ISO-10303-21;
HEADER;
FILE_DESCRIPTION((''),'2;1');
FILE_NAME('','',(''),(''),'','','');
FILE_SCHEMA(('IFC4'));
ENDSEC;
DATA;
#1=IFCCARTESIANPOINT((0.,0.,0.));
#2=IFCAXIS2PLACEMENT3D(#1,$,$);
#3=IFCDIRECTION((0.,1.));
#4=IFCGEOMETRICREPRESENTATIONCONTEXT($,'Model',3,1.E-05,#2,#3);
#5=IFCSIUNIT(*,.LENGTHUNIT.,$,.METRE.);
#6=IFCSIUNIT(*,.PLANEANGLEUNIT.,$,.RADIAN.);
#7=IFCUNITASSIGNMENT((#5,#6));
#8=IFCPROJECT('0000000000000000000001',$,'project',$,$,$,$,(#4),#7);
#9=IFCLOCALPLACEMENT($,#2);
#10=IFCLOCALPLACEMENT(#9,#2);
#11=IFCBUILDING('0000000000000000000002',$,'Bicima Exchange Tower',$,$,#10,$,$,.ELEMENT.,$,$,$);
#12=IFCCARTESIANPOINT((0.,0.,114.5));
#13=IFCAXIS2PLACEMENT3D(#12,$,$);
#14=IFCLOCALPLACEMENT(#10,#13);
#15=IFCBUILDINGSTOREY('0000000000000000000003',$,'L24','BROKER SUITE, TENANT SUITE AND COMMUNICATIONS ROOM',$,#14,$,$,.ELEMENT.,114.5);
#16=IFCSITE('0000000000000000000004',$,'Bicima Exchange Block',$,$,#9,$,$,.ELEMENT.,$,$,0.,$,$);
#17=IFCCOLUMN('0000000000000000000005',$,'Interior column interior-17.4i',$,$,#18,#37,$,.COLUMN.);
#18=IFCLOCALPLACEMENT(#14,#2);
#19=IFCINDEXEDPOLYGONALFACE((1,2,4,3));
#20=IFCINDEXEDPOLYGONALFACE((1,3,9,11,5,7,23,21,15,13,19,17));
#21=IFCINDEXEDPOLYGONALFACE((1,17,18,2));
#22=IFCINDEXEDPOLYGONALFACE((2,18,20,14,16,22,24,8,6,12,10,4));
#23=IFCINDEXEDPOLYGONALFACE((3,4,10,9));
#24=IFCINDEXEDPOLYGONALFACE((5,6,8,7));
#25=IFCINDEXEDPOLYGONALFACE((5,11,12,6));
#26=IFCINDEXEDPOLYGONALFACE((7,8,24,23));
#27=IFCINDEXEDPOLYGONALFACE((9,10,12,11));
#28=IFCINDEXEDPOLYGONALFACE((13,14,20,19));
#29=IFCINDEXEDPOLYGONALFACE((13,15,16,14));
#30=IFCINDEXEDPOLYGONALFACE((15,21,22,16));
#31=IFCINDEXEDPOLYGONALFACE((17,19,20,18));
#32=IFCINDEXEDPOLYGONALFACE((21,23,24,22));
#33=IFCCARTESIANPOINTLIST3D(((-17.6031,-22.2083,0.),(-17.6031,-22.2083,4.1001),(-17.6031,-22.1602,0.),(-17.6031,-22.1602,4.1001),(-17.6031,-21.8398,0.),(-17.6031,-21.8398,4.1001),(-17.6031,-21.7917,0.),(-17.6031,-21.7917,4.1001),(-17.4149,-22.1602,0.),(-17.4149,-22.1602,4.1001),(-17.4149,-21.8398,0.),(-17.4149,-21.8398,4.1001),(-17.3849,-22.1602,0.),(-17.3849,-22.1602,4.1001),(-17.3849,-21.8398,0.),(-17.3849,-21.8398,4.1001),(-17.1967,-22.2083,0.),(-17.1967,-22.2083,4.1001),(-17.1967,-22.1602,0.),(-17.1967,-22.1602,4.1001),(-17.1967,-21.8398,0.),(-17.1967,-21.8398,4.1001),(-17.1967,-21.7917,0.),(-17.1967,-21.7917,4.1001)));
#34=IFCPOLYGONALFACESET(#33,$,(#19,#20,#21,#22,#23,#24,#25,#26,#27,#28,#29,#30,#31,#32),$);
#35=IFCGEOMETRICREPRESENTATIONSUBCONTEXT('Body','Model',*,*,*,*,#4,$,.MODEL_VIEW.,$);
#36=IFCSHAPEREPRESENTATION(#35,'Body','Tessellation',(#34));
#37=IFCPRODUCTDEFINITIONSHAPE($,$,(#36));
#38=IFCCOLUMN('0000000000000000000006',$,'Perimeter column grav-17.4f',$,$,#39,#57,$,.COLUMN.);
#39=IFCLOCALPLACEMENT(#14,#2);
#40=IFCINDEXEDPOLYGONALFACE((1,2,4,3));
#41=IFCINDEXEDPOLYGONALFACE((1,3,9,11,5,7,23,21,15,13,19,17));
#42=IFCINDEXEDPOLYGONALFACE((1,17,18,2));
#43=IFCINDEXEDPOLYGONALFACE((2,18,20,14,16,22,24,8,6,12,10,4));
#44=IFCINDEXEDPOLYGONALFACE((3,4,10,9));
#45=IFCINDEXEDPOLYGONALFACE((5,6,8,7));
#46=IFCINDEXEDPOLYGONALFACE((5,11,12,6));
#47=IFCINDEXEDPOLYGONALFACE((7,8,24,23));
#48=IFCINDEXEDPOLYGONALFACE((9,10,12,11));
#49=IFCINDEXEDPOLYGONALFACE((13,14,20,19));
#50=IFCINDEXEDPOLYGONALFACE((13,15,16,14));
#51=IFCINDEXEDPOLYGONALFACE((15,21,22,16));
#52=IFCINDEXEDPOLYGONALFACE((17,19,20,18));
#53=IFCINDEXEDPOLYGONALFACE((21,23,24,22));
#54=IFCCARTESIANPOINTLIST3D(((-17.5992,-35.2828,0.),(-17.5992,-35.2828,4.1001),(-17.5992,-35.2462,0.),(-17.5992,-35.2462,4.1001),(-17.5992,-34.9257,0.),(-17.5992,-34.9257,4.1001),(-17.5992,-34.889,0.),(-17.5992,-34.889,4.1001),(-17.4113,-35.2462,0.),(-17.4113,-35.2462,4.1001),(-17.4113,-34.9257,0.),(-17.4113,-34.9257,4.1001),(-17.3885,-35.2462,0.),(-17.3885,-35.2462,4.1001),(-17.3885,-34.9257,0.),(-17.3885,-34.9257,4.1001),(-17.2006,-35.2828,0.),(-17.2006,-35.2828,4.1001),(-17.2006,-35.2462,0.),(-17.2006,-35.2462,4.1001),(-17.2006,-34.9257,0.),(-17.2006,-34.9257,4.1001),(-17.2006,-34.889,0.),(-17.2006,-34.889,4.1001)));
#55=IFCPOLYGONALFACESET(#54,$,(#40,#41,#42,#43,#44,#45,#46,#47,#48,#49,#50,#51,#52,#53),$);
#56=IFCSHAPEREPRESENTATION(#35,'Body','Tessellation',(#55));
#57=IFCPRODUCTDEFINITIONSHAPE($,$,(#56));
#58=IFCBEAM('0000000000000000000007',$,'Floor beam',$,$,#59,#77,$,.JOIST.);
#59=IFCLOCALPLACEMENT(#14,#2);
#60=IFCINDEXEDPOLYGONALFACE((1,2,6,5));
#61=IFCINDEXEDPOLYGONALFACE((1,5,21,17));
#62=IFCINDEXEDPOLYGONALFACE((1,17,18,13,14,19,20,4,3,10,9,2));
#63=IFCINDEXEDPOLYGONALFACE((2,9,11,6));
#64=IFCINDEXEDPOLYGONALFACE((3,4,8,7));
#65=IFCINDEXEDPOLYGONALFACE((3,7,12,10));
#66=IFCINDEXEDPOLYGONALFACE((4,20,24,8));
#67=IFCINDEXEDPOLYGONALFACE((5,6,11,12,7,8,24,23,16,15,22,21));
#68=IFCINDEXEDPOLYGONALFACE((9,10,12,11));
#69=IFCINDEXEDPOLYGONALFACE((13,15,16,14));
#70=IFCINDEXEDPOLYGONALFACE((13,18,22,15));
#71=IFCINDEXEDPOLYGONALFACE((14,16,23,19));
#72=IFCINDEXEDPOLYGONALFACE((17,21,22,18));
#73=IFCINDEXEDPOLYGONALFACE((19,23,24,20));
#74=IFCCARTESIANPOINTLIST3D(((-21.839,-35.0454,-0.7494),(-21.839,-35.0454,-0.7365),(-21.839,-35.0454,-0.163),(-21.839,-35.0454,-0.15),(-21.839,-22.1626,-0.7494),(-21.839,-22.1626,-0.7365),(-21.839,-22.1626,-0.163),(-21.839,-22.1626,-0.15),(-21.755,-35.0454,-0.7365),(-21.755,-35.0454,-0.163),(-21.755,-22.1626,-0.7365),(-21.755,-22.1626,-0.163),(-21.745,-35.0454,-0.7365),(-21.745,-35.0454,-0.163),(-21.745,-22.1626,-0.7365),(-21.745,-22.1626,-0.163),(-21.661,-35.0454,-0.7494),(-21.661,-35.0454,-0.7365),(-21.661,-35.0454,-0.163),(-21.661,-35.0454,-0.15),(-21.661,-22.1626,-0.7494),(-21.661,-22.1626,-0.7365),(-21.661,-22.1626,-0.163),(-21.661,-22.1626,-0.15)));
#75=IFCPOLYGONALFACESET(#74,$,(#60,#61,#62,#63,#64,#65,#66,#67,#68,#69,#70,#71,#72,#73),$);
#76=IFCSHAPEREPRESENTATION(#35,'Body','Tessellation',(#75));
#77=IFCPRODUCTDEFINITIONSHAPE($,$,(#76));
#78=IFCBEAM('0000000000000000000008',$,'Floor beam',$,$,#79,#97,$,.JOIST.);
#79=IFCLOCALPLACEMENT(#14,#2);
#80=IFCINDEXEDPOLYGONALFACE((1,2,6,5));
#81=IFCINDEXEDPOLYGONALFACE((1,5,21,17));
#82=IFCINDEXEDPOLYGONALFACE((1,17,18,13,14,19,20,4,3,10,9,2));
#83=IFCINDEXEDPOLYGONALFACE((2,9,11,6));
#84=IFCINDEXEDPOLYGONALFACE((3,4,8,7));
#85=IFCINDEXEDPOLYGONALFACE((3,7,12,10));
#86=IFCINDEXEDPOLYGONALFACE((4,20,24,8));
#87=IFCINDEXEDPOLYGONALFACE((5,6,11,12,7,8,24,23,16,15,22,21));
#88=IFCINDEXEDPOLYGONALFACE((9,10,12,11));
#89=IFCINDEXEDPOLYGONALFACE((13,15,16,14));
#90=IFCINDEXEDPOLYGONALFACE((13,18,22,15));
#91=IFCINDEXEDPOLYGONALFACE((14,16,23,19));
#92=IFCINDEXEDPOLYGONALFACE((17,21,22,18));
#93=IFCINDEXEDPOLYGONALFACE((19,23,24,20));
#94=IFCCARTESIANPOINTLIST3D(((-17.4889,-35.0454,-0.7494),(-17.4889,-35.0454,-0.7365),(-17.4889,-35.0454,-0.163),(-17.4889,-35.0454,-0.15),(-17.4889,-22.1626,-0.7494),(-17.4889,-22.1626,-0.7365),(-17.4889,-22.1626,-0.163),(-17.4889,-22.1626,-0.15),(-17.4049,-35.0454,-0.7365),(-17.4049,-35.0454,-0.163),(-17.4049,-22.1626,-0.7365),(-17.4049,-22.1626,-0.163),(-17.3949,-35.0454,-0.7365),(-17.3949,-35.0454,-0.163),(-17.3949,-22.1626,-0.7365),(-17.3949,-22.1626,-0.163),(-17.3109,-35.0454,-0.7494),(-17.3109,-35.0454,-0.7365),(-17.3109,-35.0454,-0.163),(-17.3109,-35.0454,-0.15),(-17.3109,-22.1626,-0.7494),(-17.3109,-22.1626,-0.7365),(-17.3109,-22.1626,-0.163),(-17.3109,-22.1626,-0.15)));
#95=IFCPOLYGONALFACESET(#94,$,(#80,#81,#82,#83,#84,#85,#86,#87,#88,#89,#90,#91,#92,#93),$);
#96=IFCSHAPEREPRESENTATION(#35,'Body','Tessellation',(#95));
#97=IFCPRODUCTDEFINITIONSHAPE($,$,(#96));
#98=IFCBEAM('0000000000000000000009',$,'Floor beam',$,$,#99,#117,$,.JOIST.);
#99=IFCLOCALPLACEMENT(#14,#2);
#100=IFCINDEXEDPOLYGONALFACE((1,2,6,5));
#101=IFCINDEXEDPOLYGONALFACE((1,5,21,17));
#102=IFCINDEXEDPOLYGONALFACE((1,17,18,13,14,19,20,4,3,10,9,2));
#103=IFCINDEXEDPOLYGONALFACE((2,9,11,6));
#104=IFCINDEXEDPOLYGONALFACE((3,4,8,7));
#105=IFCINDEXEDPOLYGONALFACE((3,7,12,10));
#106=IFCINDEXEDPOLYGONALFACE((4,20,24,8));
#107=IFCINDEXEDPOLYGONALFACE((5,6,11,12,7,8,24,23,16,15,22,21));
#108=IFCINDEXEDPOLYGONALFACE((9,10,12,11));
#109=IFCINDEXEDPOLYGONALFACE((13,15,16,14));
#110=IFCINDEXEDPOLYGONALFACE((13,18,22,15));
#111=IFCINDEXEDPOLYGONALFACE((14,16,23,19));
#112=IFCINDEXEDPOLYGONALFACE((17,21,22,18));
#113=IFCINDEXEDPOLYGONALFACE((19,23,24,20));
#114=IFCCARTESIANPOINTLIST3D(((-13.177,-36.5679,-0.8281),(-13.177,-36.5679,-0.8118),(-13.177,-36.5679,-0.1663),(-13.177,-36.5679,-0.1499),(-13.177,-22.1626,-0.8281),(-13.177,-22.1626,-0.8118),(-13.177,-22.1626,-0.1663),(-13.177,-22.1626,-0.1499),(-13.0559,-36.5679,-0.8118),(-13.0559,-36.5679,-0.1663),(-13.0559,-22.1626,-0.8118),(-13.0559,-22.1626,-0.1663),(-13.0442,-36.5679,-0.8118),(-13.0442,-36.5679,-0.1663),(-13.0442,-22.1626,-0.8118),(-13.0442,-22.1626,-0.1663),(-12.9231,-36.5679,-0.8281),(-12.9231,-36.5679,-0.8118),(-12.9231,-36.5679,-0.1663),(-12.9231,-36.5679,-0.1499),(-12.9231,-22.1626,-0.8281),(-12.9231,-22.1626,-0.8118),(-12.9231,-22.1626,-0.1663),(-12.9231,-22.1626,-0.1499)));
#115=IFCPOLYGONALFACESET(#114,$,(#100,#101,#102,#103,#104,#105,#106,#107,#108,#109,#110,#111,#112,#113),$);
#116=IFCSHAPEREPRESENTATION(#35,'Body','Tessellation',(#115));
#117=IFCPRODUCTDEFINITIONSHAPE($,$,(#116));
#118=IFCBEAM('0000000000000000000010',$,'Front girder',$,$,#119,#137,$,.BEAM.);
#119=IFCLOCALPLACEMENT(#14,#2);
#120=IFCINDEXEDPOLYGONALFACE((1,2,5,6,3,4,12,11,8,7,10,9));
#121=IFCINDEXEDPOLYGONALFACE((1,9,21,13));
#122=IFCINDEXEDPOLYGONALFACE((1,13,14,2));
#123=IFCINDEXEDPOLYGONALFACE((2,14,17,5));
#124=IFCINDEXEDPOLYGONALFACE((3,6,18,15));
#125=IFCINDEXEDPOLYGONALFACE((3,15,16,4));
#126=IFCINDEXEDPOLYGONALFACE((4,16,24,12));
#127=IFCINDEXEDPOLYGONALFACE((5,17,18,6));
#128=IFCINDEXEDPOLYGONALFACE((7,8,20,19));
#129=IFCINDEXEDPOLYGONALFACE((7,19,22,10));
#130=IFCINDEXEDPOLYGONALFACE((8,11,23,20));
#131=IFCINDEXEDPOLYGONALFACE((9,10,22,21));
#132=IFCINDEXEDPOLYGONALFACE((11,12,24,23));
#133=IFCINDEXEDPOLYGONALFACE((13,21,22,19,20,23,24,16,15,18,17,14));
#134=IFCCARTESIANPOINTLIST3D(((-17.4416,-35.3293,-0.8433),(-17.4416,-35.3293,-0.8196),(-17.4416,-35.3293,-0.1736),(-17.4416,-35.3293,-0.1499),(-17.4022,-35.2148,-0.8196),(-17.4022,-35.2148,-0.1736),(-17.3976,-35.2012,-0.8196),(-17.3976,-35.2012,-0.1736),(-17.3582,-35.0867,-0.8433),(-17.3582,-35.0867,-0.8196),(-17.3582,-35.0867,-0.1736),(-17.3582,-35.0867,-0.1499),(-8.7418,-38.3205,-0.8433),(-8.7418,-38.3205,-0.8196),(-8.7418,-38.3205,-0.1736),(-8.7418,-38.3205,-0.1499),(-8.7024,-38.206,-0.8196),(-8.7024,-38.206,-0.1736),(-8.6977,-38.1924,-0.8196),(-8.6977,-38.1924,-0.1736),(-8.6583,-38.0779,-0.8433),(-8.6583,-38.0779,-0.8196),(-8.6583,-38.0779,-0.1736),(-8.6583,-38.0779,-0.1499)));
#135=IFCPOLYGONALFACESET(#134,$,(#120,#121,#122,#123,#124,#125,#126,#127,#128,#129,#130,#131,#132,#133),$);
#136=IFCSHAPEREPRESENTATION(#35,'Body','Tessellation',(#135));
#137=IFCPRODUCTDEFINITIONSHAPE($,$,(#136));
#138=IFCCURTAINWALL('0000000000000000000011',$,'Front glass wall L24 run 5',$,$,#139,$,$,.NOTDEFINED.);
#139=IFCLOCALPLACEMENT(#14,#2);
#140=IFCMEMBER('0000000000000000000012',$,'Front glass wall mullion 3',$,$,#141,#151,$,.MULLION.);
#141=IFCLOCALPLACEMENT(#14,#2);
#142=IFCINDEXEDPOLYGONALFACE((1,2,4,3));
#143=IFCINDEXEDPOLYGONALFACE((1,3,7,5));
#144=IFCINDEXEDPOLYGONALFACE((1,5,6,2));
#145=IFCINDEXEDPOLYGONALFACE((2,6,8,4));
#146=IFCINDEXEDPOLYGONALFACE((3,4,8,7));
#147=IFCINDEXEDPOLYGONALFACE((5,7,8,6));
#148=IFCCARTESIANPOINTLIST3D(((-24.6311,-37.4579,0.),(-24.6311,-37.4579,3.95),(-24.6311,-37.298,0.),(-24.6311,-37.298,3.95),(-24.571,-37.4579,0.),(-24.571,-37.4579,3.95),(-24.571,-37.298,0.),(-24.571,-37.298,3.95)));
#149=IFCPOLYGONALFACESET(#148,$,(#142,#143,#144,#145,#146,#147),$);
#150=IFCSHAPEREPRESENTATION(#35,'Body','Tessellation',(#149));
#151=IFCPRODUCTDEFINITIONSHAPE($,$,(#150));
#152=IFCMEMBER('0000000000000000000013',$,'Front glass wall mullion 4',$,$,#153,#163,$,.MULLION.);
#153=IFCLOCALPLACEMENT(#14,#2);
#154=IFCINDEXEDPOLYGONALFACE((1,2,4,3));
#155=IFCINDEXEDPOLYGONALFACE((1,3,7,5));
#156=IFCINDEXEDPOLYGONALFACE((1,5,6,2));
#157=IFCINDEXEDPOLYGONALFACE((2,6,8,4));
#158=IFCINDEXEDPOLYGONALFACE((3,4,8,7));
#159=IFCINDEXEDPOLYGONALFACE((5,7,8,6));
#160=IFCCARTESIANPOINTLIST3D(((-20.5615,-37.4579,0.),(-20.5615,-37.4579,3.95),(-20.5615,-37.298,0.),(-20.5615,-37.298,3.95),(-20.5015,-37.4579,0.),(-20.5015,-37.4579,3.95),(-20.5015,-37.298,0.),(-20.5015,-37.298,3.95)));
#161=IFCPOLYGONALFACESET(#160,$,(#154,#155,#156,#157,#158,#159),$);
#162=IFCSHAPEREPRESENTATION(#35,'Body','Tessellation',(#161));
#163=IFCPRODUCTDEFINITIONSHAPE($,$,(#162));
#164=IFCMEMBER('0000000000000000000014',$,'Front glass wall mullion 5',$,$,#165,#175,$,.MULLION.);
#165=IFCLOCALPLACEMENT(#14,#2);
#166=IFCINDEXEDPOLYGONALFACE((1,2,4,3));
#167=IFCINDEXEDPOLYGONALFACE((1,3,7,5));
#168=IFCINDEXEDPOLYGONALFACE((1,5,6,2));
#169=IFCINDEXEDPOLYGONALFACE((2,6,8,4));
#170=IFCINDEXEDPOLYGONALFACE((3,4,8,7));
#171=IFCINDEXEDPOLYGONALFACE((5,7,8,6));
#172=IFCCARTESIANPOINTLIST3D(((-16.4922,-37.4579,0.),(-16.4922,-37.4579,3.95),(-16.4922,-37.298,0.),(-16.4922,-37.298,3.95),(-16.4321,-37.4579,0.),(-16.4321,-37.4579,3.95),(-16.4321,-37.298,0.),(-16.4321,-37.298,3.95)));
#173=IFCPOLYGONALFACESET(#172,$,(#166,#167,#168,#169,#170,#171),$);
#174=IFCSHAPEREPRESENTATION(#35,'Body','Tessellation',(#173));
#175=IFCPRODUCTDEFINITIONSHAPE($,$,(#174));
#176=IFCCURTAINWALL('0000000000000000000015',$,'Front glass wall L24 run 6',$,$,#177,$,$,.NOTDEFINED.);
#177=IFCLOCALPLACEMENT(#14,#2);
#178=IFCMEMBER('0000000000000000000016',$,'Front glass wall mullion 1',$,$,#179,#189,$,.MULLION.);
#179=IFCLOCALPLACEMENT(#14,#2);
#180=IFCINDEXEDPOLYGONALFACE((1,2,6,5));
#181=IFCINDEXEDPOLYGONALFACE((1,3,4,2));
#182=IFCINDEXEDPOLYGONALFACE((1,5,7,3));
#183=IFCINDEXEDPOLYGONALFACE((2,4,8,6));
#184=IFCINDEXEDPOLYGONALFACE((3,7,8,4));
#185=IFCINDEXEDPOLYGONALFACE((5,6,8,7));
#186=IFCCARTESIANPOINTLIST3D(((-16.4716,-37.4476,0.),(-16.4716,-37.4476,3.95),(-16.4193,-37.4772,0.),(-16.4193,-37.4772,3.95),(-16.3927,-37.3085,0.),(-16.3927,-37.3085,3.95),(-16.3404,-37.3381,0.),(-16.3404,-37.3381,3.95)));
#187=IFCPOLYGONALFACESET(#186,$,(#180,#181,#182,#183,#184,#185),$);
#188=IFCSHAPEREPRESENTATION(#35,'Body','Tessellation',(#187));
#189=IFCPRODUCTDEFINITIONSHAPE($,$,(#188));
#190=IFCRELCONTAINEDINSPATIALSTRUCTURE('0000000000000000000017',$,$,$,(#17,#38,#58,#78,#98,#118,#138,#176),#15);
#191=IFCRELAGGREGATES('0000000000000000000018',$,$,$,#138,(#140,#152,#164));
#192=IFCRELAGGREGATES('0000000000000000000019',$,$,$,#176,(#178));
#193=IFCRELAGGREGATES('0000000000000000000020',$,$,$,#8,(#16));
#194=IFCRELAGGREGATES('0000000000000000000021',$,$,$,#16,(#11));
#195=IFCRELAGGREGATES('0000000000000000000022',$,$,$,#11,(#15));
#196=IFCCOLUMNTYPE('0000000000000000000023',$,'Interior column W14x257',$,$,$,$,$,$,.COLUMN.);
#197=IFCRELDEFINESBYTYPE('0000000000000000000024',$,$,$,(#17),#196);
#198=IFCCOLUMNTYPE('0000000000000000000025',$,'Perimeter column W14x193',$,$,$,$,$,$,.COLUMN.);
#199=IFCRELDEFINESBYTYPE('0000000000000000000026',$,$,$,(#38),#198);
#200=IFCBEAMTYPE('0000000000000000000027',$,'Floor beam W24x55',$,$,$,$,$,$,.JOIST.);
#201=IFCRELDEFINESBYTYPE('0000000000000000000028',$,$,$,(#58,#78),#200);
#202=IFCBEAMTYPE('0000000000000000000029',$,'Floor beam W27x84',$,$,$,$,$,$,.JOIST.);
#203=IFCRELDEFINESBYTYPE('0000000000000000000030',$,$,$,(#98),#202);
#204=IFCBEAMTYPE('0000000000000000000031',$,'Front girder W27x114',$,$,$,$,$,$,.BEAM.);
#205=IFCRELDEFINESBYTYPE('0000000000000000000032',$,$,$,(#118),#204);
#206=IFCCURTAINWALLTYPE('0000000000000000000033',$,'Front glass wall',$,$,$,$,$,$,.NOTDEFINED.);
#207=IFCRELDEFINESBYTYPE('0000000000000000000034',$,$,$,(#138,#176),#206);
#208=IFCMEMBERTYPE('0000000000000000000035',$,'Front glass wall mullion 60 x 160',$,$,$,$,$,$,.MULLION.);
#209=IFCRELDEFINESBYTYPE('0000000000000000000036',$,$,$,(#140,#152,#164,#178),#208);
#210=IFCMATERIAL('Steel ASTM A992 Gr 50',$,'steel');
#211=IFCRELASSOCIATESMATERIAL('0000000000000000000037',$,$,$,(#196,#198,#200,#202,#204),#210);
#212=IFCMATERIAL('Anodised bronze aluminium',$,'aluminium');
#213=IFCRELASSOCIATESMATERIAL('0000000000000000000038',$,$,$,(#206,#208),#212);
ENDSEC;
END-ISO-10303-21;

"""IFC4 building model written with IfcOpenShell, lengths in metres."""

from ifc_helpers import new_model, si_unit, direction, frame, origin, origin_2d, place, context, subcontext, project, spatial, rectangle, i_section, extrude, material, material_profile, profile_set, type_object, element, aggregate, save


model = new_model("IFC4")

# Units and contexts
model_context = context("Model", 3, precision=1e-05, world=origin(), true_north=direction((0.0, 1.0)))
body_context = subcontext(model_context, "Body", "Model", "MODEL_VIEW")
ifc_project = project(units=[si_unit("LENGTHUNIT", "METRE"), si_unit("PLANEANGLEUNIT", "RADIAN")], contexts=[model_context])

# Site, building, storey
site_placement = place(None, origin())
site = spatial("IfcSite", under=ifc_project, at=site_placement, Name="Bicima Exchange Block", CompositionType="ELEMENT", RefElevation=0.0)
building_placement = place(site_placement, origin())
building = spatial("IfcBuilding", under=site, at=building_placement, Name="Bicima Exchange Tower", CompositionType="ELEMENT")
storey_placement = place(building_placement, frame((0.0, 0.0, 114.5)))
storey = spatial("IfcBuildingStorey", under=building, at=storey_placement, Name="L24", Description="BROKER SUITE, TENANT SUITE AND COMMUNICATIONS ROOM", CompositionType="ELEMENT", Elevation=114.5)

# Columns
ifc_material_1 = material(Name="Steel ASTM A992 Gr 50", Category="steel")
ifc_material_profile_1 = material_profile(ifc_material_1, i_section(OverallWidth=0.4065, OverallDepth=0.4165, WebThickness=0.03, FlangeThickness=0.0481, at=origin_2d()))
ifc_profile_set_1 = profile_set([ifc_material_profile_1], Name="Steel ASTM A992 Gr 50")
column_type_1 = type_object("IfcColumnType", Name="Interior column W14x257", PredefinedType="COLUMN", material=ifc_profile_set_1)
column_1_placement = place(storey_placement, frame((-17.3999, -22.0, 0.0), z_axis=(0.0, 0.0, 1.0), x_axis=(1.0, 0.0, 0.0)))
element("IfcColumn", 1, at=column_1_placement, inside=storey, type_object=column_type_1, Name="Interior column interior-17.4i", PredefinedType="COLUMN", context=body_context, shape_type="SweptSolid", body=[
    extrude(i_section(OverallWidth=0.4065, OverallDepth=0.4165, WebThickness=0.03, FlangeThickness=0.0481, at=origin_2d()), origin(), (0.0, 0.0, 1.0), 4.1001),
])
ifc_material_profile_2 = material_profile(ifc_material_1, i_section(OverallWidth=0.3987, OverallDepth=0.3938, WebThickness=0.0227, FlangeThickness=0.0366, at=origin_2d()))
ifc_profile_set_2 = profile_set([ifc_material_profile_2], Name="Steel ASTM A992 Gr 50")
column_type_2 = type_object("IfcColumnType", Name="Perimeter column W14x193", PredefinedType="COLUMN", material=ifc_profile_set_2)
column_2_placement = place(storey_placement, frame((-17.3999, -35.0859, 0.0), z_axis=(0.0, 0.0, 1.0), x_axis=(1.0, 0.0, 0.0)))
element("IfcColumn", 2, at=column_2_placement, inside=storey, type_object=column_type_2, Name="Perimeter column grav-17.4f", PredefinedType="COLUMN", context=body_context, shape_type="SweptSolid", body=[
    extrude(i_section(OverallWidth=0.3987, OverallDepth=0.3938, WebThickness=0.0227, FlangeThickness=0.0366, at=origin_2d()), origin(), (0.0, 0.0, 1.0), 4.1001),
])

# Beams
ifc_material_profile_3 = material_profile(ifc_material_1, i_section(OverallWidth=0.178, OverallDepth=0.5994, WebThickness=0.01, FlangeThickness=0.0129, at=origin_2d()))
ifc_profile_set_3 = profile_set([ifc_material_profile_3], Name="Steel ASTM A992 Gr 50")
beam_type_1 = type_object("IfcBeamType", Name="Floor beam W24x55", PredefinedType="JOIST", material=ifc_profile_set_3)
for number, where, z_axis, x_axis, name in (
    (3, (-21.75, -22.1626, -0.4497), (0.0, -1.0, 0.0), (1.0, 0.0, 0.0), "Floor beam"),
    (4, (-17.3999, -22.1626, -0.4497), (0.0, -1.0, 0.0), (1.0, 0.0, 0.0), "Floor beam"),
):
    element("IfcBeam", number, at=place(storey_placement, frame(where, z_axis=z_axis, x_axis=x_axis)), inside=storey, type_object=beam_type_1, Name=name, PredefinedType="JOIST", context=body_context, shape_type="SweptSolid", body=[
        extrude(i_section(OverallWidth=0.178, OverallDepth=0.5994, WebThickness=0.01, FlangeThickness=0.0129, at=origin_2d()), origin(), (0.0, 0.0, 1.0), 12.8828),
    ])
ifc_material_profile_4 = material_profile(ifc_material_1, i_section(OverallWidth=0.2539, OverallDepth=0.6782, WebThickness=0.0117, FlangeThickness=0.0164, at=origin_2d()))
ifc_profile_set_4 = profile_set([ifc_material_profile_4], Name="Steel ASTM A992 Gr 50")
beam_type_2 = type_object("IfcBeamType", Name="Floor beam W27x84", PredefinedType="JOIST", material=ifc_profile_set_4)
beam_1_placement = place(storey_placement, frame((-13.05, -22.1626, -0.489), z_axis=(0.0, -1.0, 0.0), x_axis=(1.0, 0.0, 0.0)))
element("IfcBeam", 5, at=beam_1_placement, inside=storey, type_object=beam_type_2, Name="Floor beam", PredefinedType="JOIST", context=body_context, shape_type="SweptSolid", body=[
    extrude(i_section(OverallWidth=0.2539, OverallDepth=0.6782, WebThickness=0.0117, FlangeThickness=0.0164, at=origin_2d()), origin(), (0.0, 0.0, 1.0), 14.4053),
])
ifc_material_profile_5 = material_profile(ifc_material_1, i_section(OverallWidth=0.2566, OverallDepth=0.6934, WebThickness=0.0144, FlangeThickness=0.0237, at=origin_2d()))
ifc_profile_set_5 = profile_set([ifc_material_profile_5], Name="Steel ASTM A992 Gr 50")
beam_type_3 = type_object("IfcBeamType", Name="Front girder W27x114", PredefinedType="BEAM", material=ifc_profile_set_5)
beam_2_placement = place(storey_placement, frame((-17.3999, -35.208, -0.4966), z_axis=(0.945666, -0.325138, 0.0), x_axis=(0.325138, 0.945666, 0.0)))
element("IfcBeam", 6, at=beam_2_placement, inside=storey, type_object=beam_type_3, Name="Front girder", PredefinedType="BEAM", context=body_context, shape_type="SweptSolid", body=[
    extrude(i_section(OverallWidth=0.2566, OverallDepth=0.6934, WebThickness=0.0144, FlangeThickness=0.0237, at=origin_2d()), origin(), (0.0, 0.0, 1.0), 9.1997),
])

# Curtain walls, members
ifc_material_2 = material(Name="Anodised bronze aluminium", Category="aluminium")
curtain_wall_type = type_object("IfcCurtainWallType", Name="Front glass wall", PredefinedType="NOTDEFINED", material=ifc_material_2)
curtain_wall_1_placement = place(storey_placement, origin())
curtain_wall_1 = element("IfcCurtainWall", 7, at=curtain_wall_1_placement, inside=storey, type_object=curtain_wall_type, Name="Front glass wall L24 run 5", PredefinedType="NOTDEFINED")
ifc_material_profile_6 = material_profile(ifc_material_2, rectangle(XDim=0.1599, YDim=0.0601, at=origin_2d()))
ifc_profile_set_6 = profile_set([ifc_material_profile_6], Name="Anodised bronze aluminium")
member_type_1 = type_object("IfcMemberType", Name="Front glass wall mullion 60 x 160", PredefinedType="MULLION", material=ifc_profile_set_6)
member_1_placement = place(storey_placement, frame((-24.6011, -37.3779, 0.0), z_axis=(0.0, 0.0, 1.0), x_axis=(0.0, 1.0, 0.0)))
member_1 = element("IfcMember", 8, at=member_1_placement, type_object=member_type_1, Name="Front glass wall mullion 3", PredefinedType="MULLION", context=body_context, shape_type="SweptSolid", body=[
    extrude(rectangle(XDim=0.1599, YDim=0.0601, at=origin_2d()), origin(), (0.0, 0.0, 1.0), 3.95),
])
member_2_placement = place(storey_placement, frame((-20.5315, -37.3779, 0.0), z_axis=(0.0, 0.0, 1.0), x_axis=(0.0, 1.0, 0.0)))
member_2 = element("IfcMember", 9, at=member_2_placement, type_object=member_type_1, Name="Front glass wall mullion 4", PredefinedType="MULLION", context=body_context, shape_type="SweptSolid", body=[
    extrude(rectangle(XDim=0.1599, YDim=0.0601, at=origin_2d()), origin(), (0.0, 0.0, 1.0), 3.95),
])
member_3_placement = place(storey_placement, frame((-16.4622, -37.3779, 0.0), z_axis=(0.0, 0.0, 1.0), x_axis=(0.0, 1.0, 0.0)))
member_3 = element("IfcMember", 10, at=member_3_placement, type_object=member_type_1, Name="Front glass wall mullion 5", PredefinedType="MULLION", context=body_context, shape_type="SweptSolid", body=[
    extrude(rectangle(XDim=0.1599, YDim=0.0601, at=origin_2d()), origin(), (0.0, 0.0, 1.0), 3.95),
])
curtain_wall_2_placement = place(storey_placement, origin())
curtain_wall_2 = element("IfcCurtainWall", 11, at=curtain_wall_2_placement, inside=storey, type_object=curtain_wall_type, Name="Front glass wall L24 run 6", PredefinedType="NOTDEFINED")
member_4_placement = place(storey_placement, frame((-16.406, -37.3928, 0.0), z_axis=(0.0, 0.0, 1.0), x_axis=(0.493395, 0.869805, 0.0)))
member_4 = element("IfcMember", 12, at=member_4_placement, type_object=member_type_1, Name="Front glass wall mullion 1", PredefinedType="MULLION", context=body_context, shape_type="SweptSolid", body=[
    extrude(rectangle(XDim=0.1599, YDim=0.0601, at=origin_2d()), origin(), (0.0, 0.0, 1.0), 3.95),
])

aggregate(curtain_wall_1, [member_1, member_2, member_3])
aggregate(curtain_wall_2, [member_4])

save(model, "model.ifc")
